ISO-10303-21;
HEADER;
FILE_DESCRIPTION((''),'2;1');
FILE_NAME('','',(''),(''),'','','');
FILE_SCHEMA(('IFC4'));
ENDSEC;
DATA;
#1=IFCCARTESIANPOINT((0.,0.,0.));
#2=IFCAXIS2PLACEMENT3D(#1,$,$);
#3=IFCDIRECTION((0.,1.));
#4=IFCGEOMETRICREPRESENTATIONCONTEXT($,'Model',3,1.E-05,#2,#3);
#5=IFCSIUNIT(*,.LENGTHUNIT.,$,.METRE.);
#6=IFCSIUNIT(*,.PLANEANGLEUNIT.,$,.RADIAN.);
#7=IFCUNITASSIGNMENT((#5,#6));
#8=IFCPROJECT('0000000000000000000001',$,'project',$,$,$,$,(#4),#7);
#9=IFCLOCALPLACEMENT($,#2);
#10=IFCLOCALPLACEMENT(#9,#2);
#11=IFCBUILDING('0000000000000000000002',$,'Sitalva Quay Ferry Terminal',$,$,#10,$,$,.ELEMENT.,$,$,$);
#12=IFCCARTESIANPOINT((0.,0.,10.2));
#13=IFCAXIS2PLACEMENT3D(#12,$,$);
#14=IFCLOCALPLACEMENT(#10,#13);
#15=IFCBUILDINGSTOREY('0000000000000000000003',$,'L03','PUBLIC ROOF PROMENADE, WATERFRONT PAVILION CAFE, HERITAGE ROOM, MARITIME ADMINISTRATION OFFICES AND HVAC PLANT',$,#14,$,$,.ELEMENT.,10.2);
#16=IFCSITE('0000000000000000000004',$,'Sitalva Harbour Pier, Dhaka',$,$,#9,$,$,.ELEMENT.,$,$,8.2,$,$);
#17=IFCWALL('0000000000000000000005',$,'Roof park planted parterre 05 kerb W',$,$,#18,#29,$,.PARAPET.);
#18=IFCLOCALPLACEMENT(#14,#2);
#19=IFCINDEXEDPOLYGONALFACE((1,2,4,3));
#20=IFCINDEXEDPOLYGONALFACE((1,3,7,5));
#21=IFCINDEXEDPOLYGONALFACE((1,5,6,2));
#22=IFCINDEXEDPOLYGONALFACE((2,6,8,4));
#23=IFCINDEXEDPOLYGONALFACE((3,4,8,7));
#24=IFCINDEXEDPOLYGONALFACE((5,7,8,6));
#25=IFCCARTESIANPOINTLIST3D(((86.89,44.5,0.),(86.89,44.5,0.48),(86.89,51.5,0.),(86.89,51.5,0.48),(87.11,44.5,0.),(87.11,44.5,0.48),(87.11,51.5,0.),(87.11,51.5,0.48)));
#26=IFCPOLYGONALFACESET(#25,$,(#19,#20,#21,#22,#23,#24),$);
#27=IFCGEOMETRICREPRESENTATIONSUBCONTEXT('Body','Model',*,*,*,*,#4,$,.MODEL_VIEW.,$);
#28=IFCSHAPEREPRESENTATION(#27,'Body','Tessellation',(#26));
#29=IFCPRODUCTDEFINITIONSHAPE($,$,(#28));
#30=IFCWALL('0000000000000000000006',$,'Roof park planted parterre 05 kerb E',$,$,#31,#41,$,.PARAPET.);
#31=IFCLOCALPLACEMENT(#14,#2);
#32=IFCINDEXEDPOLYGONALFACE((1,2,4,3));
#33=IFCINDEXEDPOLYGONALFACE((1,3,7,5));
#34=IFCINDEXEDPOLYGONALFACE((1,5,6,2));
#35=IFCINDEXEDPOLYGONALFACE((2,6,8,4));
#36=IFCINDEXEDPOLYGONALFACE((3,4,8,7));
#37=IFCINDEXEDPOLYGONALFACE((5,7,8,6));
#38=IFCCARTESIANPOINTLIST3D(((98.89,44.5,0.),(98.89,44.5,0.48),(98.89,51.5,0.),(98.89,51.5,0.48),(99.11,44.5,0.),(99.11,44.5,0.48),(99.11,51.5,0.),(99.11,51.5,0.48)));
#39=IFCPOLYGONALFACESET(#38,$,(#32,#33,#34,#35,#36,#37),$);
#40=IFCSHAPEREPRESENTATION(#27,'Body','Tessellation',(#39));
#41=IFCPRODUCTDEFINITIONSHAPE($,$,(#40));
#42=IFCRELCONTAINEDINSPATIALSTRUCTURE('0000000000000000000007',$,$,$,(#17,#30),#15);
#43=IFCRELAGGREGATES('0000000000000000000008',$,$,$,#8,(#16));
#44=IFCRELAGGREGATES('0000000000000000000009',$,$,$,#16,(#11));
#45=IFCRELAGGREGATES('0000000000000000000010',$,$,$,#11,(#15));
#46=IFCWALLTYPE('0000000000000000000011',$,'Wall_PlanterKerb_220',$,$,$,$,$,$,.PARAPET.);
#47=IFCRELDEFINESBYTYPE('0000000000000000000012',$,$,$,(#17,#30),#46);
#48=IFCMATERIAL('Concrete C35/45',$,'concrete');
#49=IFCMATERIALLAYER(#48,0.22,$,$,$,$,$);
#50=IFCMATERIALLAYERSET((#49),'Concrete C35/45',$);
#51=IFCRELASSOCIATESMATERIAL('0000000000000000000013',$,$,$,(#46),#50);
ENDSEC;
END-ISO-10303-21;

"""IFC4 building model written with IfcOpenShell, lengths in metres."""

from ifc_helpers import new_model, si_unit, direction, frame, frame_2d, origin, place, context, subcontext, project, spatial, rectangle, extrude, material, layer, layer_set, type_object, element, save


model = new_model("IFC4")

# Units and contexts
model_context = context("Model", 3, precision=1e-05, world=origin(), true_north=direction((0.0, 1.0)))
body_context = subcontext(model_context, "Body", "Model", "MODEL_VIEW")
ifc_project = project(units=[si_unit("LENGTHUNIT", "METRE"), si_unit("PLANEANGLEUNIT", "RADIAN")], contexts=[model_context])

# Site, building, storey
site_placement = place(None, origin())
site = spatial("IfcSite", under=ifc_project, at=site_placement, Name="Sitalva Harbour Pier, Dhaka", CompositionType="ELEMENT", RefElevation=8.2)
building_placement = place(site_placement, origin())
building = spatial("IfcBuilding", under=site, at=building_placement, Name="Sitalva Quay Ferry Terminal", CompositionType="ELEMENT")
storey_placement = place(building_placement, frame((0.0, 0.0, 10.2)))
storey = spatial("IfcBuildingStorey", under=building, at=storey_placement, Name="L03", Description="PUBLIC ROOF PROMENADE, WATERFRONT PAVILION CAFE, HERITAGE ROOM, MARITIME ADMINISTRATION OFFICES AND HVAC PLANT", CompositionType="ELEMENT", Elevation=10.2)

# Walls
ifc_material_1 = material(Name="Concrete C35/45", Category="concrete")
ifc_layer = layer(ifc_material_1, 0.22)
ifc_layer_set = layer_set([ifc_layer], Name="Concrete C35/45")
wall_type = type_object("IfcWallType", Name="Wall_PlanterKerb_220", PredefinedType="PARAPET", material=ifc_layer_set)
for number, where, z_axis, x_axis, name in (
    (1, (87.0, 44.5, 0.0), (0.0, 0.0, 1.0), (0.0, 1.0, 0.0), "Roof park planted parterre 05 kerb W"),
    (2, (99.0, 44.5, 0.0), (0.0, 0.0, 1.0), (0.0, 1.0, 0.0), "Roof park planted parterre 05 kerb E"),
):
    element("IfcWall", number, at=place(storey_placement, frame(where, z_axis=z_axis, x_axis=x_axis)), inside=storey, type_object=wall_type, Name=name, PredefinedType="PARAPET", context=body_context, shape_type="SweptSolid", body=[
        extrude(rectangle(XDim=7.0, YDim=0.22, at=frame_2d((3.5, 0.0))), origin(), (0.0, 0.0, 1.0), 0.48),
    ])

save(model, "model.ifc")
